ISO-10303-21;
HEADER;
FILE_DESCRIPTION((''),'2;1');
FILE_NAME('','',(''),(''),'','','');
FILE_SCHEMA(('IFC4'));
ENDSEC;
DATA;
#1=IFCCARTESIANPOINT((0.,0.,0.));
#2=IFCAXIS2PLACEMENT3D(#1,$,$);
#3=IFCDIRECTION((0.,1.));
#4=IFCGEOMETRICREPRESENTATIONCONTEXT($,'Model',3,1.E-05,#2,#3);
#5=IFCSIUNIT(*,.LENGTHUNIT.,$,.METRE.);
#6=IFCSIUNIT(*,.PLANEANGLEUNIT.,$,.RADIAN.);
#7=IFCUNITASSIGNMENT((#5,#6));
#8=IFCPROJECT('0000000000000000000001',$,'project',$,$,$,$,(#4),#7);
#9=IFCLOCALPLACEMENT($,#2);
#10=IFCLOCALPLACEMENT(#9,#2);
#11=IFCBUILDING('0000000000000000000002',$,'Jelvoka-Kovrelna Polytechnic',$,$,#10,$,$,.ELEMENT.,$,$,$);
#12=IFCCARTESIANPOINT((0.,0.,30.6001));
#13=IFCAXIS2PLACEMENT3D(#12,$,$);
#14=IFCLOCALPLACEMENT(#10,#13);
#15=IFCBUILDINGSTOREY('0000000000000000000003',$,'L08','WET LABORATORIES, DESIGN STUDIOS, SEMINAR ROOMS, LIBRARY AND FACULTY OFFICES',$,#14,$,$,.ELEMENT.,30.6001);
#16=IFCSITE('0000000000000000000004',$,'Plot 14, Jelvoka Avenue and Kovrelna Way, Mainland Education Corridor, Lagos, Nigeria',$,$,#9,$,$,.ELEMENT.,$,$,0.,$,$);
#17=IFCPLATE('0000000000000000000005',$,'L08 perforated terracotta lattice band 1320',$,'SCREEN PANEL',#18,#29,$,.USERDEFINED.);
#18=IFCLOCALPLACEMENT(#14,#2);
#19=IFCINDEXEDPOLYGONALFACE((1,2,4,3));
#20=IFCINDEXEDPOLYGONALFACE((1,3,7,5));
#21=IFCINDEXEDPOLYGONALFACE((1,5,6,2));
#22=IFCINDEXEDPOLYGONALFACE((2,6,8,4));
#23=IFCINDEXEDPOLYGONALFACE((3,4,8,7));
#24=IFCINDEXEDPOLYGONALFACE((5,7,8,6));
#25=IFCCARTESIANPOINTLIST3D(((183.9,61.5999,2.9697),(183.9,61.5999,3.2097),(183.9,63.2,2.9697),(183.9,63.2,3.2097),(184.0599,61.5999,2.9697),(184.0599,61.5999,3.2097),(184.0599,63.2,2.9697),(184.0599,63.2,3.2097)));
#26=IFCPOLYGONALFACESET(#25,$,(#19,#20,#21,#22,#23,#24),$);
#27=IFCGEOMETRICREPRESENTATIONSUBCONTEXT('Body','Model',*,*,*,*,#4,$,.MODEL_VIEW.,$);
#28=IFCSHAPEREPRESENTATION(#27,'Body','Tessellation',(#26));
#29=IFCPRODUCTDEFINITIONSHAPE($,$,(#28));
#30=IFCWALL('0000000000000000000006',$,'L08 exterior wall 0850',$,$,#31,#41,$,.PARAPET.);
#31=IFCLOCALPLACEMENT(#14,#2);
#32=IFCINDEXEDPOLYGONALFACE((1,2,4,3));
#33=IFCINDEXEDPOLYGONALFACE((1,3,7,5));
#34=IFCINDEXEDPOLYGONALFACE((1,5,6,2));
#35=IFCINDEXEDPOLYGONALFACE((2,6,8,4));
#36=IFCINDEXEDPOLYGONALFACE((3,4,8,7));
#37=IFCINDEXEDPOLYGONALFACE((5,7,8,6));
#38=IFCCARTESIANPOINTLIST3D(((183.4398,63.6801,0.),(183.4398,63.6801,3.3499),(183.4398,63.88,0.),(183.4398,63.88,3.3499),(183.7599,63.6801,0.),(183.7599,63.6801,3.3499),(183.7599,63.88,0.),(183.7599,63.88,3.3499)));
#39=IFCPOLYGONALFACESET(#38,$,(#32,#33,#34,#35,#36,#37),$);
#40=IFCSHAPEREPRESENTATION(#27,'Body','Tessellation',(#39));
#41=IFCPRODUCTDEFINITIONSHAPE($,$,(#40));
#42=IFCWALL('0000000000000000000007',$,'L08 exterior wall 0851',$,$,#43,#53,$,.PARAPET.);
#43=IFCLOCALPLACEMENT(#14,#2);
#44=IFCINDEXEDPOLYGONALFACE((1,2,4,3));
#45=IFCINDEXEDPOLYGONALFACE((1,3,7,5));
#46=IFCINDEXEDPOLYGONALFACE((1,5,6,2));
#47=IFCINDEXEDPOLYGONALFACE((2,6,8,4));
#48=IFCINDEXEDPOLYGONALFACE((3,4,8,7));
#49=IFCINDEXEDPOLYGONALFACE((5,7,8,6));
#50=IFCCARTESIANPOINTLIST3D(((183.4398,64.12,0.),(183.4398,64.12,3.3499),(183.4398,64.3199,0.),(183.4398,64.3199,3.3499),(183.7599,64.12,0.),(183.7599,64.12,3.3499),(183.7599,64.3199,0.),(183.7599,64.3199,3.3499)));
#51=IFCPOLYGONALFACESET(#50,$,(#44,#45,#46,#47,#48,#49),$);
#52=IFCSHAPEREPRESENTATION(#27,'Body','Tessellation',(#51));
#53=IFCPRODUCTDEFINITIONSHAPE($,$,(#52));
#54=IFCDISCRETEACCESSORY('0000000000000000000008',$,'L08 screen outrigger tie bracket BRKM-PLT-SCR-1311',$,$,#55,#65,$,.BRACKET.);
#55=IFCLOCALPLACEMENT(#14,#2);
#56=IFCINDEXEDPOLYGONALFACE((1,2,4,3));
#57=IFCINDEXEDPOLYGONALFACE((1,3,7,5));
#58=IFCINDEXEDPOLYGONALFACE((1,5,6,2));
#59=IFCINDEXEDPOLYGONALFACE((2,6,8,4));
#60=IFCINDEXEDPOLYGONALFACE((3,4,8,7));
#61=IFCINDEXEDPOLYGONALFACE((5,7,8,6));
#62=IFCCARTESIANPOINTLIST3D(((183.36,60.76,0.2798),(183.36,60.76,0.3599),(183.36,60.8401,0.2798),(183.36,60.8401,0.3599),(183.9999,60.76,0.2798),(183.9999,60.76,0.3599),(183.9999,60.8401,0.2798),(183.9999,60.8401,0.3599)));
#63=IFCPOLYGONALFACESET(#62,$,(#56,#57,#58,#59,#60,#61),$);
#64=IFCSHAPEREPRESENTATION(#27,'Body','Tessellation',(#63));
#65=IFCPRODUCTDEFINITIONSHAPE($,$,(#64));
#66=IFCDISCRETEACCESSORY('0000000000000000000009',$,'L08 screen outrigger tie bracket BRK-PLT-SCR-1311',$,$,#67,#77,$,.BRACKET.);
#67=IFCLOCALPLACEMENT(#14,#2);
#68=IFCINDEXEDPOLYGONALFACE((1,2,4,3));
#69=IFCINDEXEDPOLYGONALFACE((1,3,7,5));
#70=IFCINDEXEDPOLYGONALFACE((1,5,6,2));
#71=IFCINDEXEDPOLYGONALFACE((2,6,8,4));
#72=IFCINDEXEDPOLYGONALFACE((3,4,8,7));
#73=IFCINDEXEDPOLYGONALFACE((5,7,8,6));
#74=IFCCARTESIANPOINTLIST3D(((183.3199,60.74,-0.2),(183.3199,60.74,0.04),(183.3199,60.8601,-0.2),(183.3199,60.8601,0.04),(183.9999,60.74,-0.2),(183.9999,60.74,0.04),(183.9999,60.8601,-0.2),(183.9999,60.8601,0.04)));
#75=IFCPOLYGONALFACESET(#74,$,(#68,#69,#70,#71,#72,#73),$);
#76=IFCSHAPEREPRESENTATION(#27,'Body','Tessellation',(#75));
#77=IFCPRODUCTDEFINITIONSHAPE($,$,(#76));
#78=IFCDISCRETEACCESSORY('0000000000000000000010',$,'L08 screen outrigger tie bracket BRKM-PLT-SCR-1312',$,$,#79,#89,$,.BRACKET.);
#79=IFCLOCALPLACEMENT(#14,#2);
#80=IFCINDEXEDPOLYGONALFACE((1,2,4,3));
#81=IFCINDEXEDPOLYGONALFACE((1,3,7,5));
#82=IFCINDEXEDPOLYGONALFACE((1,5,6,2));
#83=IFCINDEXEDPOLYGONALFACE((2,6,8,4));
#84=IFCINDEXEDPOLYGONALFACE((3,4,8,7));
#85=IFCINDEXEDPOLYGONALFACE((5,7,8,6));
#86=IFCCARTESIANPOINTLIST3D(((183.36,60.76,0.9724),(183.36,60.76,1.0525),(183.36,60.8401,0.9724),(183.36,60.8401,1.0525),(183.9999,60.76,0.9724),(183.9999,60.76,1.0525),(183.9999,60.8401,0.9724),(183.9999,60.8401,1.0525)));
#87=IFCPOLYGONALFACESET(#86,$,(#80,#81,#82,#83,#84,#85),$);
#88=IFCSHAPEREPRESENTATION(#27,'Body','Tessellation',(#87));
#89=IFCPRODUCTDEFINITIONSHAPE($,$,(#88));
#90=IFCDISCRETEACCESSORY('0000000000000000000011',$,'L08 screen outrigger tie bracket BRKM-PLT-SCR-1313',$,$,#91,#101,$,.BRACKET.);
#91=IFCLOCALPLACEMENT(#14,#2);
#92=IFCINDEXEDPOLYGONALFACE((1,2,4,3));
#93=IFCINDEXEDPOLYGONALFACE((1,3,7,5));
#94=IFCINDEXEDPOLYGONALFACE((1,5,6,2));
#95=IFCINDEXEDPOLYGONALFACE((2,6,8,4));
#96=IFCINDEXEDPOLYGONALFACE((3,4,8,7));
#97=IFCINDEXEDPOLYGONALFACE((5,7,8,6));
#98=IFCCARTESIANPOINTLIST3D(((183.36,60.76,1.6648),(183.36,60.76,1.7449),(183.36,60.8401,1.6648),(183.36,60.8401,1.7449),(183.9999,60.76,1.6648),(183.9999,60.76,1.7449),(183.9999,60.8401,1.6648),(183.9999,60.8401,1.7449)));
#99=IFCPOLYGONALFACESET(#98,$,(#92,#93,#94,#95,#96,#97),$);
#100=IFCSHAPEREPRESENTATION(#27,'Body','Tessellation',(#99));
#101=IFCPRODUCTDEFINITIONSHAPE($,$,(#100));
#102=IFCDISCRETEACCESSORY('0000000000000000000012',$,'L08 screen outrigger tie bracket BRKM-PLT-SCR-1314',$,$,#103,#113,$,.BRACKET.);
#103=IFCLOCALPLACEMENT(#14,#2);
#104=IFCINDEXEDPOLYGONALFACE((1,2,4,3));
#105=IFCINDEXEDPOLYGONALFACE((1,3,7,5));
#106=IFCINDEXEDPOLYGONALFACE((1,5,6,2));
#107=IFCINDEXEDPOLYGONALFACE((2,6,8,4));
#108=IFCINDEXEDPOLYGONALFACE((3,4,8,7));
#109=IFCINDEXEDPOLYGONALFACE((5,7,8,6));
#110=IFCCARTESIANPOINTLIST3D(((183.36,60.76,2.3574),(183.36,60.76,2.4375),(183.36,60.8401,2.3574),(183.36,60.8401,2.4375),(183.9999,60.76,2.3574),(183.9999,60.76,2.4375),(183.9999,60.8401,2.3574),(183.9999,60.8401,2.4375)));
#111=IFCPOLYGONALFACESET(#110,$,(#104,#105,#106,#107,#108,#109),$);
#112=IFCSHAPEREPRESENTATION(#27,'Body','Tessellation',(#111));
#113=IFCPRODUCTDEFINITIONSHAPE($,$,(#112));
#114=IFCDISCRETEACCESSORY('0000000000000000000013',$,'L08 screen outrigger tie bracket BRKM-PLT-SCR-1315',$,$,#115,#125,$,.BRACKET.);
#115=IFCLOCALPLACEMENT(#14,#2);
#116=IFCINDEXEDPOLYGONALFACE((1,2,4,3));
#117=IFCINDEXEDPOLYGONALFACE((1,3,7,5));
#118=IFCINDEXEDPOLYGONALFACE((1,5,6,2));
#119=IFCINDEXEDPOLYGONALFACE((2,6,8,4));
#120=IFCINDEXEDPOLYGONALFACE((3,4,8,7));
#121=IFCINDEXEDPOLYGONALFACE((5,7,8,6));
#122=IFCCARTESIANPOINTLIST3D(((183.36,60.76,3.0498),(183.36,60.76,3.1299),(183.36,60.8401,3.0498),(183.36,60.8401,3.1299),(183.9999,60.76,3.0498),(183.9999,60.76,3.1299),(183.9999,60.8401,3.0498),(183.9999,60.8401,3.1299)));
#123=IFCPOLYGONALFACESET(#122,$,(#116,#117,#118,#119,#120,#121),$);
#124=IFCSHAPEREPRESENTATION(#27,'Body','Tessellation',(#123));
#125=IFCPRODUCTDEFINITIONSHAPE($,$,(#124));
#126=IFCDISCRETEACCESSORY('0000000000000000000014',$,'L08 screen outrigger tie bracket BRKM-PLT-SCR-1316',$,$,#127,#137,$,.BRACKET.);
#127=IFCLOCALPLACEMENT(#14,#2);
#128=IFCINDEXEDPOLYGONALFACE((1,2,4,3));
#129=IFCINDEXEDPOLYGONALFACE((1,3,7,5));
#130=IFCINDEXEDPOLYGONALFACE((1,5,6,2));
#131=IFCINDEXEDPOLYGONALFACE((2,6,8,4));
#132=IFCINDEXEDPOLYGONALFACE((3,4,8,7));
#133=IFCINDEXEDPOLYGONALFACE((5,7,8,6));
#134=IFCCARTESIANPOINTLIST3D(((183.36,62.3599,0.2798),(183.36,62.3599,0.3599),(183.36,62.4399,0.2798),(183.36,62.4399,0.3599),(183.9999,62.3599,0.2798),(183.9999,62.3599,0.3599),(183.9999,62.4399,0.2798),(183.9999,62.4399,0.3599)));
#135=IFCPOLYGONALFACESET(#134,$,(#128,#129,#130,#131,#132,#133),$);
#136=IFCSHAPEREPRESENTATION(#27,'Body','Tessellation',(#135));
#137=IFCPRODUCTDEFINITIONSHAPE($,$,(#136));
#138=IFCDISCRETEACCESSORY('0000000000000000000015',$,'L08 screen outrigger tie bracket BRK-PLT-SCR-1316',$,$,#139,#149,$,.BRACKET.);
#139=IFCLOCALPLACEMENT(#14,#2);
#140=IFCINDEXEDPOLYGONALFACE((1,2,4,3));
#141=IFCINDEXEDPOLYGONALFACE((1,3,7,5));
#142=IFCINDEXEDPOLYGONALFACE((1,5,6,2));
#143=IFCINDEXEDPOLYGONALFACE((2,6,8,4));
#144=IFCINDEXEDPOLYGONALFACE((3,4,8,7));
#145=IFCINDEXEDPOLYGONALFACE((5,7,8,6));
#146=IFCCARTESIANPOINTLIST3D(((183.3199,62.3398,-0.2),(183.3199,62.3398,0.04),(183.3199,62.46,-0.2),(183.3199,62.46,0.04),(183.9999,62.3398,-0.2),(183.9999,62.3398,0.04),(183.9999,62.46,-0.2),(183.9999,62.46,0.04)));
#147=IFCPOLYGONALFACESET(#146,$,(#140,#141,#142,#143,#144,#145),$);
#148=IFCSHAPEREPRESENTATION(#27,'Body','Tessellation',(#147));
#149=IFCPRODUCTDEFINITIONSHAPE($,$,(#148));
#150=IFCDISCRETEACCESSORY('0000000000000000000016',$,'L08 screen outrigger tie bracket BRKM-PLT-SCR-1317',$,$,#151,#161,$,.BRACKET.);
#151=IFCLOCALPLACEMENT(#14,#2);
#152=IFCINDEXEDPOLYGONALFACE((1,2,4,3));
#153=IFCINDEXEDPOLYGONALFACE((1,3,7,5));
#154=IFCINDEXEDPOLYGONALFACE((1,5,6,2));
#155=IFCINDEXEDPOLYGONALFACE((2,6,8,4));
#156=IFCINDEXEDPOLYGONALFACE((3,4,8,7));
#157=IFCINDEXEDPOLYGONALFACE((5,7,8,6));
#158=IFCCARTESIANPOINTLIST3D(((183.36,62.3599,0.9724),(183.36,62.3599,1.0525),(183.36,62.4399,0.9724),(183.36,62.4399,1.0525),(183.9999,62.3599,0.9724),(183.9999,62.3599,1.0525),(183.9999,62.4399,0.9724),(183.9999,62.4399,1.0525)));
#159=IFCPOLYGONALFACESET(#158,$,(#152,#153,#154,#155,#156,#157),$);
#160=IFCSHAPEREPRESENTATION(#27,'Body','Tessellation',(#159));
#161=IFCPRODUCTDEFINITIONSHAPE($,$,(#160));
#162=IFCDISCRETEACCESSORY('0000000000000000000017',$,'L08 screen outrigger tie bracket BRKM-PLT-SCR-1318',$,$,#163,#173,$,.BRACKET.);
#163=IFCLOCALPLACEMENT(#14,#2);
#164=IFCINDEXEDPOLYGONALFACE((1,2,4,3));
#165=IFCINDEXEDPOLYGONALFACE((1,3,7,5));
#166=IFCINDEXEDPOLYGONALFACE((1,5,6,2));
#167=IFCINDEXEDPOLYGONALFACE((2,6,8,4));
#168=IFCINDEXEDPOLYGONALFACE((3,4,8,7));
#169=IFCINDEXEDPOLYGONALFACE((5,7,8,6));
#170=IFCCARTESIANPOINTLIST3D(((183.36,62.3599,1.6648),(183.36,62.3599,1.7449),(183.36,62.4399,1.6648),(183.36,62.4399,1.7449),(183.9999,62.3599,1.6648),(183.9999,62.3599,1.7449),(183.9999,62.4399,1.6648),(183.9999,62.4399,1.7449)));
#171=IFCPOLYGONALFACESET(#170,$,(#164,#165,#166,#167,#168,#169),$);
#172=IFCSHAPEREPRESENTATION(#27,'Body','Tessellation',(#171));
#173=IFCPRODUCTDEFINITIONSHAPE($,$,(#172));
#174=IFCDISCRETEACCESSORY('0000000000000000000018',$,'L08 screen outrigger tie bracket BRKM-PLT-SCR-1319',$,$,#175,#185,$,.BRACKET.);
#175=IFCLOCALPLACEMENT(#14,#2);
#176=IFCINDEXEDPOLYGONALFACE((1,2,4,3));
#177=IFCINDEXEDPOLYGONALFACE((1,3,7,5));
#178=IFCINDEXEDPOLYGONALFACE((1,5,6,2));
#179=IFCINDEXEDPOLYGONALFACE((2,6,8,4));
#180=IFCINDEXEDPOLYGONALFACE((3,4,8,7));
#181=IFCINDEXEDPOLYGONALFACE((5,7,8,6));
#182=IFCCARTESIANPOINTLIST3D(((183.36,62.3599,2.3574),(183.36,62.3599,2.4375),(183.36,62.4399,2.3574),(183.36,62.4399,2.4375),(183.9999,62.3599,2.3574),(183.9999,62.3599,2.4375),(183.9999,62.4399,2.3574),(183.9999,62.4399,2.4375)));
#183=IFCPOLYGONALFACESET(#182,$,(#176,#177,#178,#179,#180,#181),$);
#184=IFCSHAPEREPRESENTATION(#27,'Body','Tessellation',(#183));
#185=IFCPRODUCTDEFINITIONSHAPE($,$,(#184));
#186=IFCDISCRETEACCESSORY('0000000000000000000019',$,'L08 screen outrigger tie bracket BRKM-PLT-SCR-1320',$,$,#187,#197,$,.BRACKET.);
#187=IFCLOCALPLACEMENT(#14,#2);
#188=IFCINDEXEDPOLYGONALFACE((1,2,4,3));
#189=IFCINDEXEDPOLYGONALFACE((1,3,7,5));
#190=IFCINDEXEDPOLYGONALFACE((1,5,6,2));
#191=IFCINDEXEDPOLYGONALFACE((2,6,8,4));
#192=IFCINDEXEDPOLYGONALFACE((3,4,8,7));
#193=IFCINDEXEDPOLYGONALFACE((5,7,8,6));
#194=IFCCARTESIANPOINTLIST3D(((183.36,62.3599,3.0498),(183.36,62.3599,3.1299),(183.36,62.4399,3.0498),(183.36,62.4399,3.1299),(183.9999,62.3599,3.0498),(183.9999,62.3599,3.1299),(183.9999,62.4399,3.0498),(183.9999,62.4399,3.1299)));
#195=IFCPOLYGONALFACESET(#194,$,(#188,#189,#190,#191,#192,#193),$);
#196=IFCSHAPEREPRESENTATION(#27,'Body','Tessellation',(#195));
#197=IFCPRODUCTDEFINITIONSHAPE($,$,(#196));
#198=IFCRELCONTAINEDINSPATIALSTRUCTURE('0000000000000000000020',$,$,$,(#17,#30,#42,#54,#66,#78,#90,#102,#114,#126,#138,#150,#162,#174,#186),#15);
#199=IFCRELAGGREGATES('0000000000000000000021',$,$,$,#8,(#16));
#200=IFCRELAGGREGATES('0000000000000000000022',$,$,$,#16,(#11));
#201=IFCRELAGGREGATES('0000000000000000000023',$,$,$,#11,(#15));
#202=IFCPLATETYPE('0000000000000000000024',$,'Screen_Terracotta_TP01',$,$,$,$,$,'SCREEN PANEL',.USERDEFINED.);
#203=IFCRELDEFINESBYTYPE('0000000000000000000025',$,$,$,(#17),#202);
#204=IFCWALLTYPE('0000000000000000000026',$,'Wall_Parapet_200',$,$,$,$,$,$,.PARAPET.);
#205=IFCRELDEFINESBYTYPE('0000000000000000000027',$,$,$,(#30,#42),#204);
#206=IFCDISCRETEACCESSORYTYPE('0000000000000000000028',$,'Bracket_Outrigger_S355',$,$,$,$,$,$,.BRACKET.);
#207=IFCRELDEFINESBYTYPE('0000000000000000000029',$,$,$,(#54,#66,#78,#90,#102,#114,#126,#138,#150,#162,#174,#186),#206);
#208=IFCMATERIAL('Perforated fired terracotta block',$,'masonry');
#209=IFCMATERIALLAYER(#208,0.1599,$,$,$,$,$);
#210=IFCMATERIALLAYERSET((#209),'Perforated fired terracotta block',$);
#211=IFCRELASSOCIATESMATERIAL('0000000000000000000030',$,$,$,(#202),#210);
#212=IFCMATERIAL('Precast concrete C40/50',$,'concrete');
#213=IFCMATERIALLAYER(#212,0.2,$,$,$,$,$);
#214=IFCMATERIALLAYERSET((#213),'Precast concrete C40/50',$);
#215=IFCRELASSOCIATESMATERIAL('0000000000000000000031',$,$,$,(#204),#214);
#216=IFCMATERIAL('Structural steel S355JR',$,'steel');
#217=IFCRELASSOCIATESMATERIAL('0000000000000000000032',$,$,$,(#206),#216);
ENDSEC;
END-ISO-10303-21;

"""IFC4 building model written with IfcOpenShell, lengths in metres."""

from ifc_helpers import new_model, si_unit, direction, frame, frame_2d, origin, origin_2d, place, context, subcontext, project, spatial, rectangle, extrude, material, layer, layer_set, type_object, element, save


model = new_model("IFC4")

# Units and contexts
model_context = context("Model", 3, precision=1e-05, world=origin(), true_north=direction((0.0, 1.0)))
body_context = subcontext(model_context, "Body", "Model", "MODEL_VIEW")
ifc_project = project(units=[si_unit("LENGTHUNIT", "METRE"), si_unit("PLANEANGLEUNIT", "RADIAN")], contexts=[model_context])

# Site, building, storey
site_placement = place(None, origin())
site = spatial("IfcSite", under=ifc_project, at=site_placement, Name="Plot 14, Jelvoka Avenue and Kovrelna Way, Mainland Education Corridor, Lagos, Nigeria", CompositionType="ELEMENT", RefElevation=0.0)
building_placement = place(site_placement, origin())
building = spatial("IfcBuilding", under=site, at=building_placement, Name="Jelvoka-Kovrelna Polytechnic", CompositionType="ELEMENT")
storey_placement = place(building_placement, frame((0.0, 0.0, 30.6001)))
storey = spatial("IfcBuildingStorey", under=building, at=storey_placement, Name="L08", Description="WET LABORATORIES, DESIGN STUDIOS, SEMINAR ROOMS, LIBRARY AND FACULTY OFFICES", CompositionType="ELEMENT", Elevation=30.6001)

# Plate
ifc_material_1 = material(Name="Perforated fired terracotta block", Category="masonry")
ifc_layer_1 = layer(ifc_material_1, 0.1599)
ifc_layer_set_1 = layer_set([ifc_layer_1], Name="Perforated fired terracotta block")
plate_type_1 = type_object("IfcPlateType", Name="Screen_Terracotta_TP01", ElementType="SCREEN PANEL", PredefinedType="USERDEFINED", material=ifc_layer_set_1)
for number, where, z_axis, x_axis, name in (
    (1, (183.98, 62.3999, 2.9697), (0.0, 0.0, 1.0), (0.0, 1.0, 0.0), "L08 perforated terracotta lattice band 1320"),
):
    element("IfcPlate", number, at=place(storey_placement, frame(where, z_axis=z_axis, x_axis=x_axis)), inside=storey, type_object=plate_type_1, Name=name, ObjectType="SCREEN PANEL", PredefinedType="USERDEFINED", context=body_context, shape_type="SweptSolid", body=[
        extrude(rectangle(XDim=1.6001, YDim=0.1599, at=origin_2d()), origin(), (0.0, 0.0, 1.0), 0.24),
    ])

# Walls
ifc_material_2 = material(Name="Precast concrete C40/50", Category="concrete")
ifc_layer_2 = layer(ifc_material_2, 0.2)
ifc_layer_set_2 = layer_set([ifc_layer_2], Name="Precast concrete C40/50")
wall_type = type_object("IfcWallType", Name="Wall_Parapet_200", PredefinedType="PARAPET", material=ifc_layer_set_2)
for number, where, z_axis, x_axis, name in (
    (2, (183.76, 63.78, 0.0), (0.0, 0.0, 1.0), (-1.0, 0.0, 0.0), "L08 exterior wall 0850"),
    (3, (183.76, 64.22, 0.0), (0.0, 0.0, 1.0), (-1.0, 0.0, 0.0), "L08 exterior wall 0851"),
):
    element("IfcWall", number, at=place(storey_placement, frame(where, z_axis=z_axis, x_axis=x_axis)), inside=storey, type_object=wall_type, Name=name, PredefinedType="PARAPET", context=body_context, shape_type="SweptSolid", body=[
        extrude(rectangle(XDim=0.3201, YDim=0.2, at=frame_2d((0.1602, 0.0))), origin(), (0.0, 0.0, 1.0), 3.3499),
    ])

# Discrete accessories
ifc_material_3 = material(Name="Structural steel S355JR", Category="steel")
discrete_accessory_type = type_object("IfcDiscreteAccessoryType", Name="Bracket_Outrigger_S355", PredefinedType="BRACKET", material=ifc_material_3)
discrete_accessory_1_placement = place(storey_placement, frame((183.6799, 60.8, 0.2798), z_axis=(0.0, 0.0, 1.0), x_axis=(1.0, 0.0, 0.0)))
element("IfcDiscreteAccessory", 4, at=discrete_accessory_1_placement, inside=storey, type_object=discrete_accessory_type, Name="L08 screen outrigger tie bracket BRKM-PLT-SCR-1311", PredefinedType="BRACKET", context=body_context, shape_type="SweptSolid", body=[
    extrude(rectangle(XDim=0.6399, YDim=0.0801, at=origin_2d()), origin(), (0.0, 0.0, 1.0), 0.0801),
])
discrete_accessory_2_placement = place(storey_placement, frame((183.6599, 60.8, -0.2), z_axis=(0.0, 0.0, 1.0), x_axis=(1.0, 0.0, 0.0)))
element("IfcDiscreteAccessory", 5, at=discrete_accessory_2_placement, inside=storey, type_object=discrete_accessory_type, Name="L08 screen outrigger tie bracket BRK-PLT-SCR-1311", PredefinedType="BRACKET", context=body_context, shape_type="SweptSolid", body=[
    extrude(rectangle(XDim=0.6799, YDim=0.1201, at=origin_2d()), origin(), (0.0, 0.0, 1.0), 0.24),
])
for number, where, z_axis, x_axis, name in (
    (6, (183.6799, 60.8, 0.9724), (0.0, 0.0, 1.0), (1.0, 0.0, 0.0), "L08 screen outrigger tie bracket BRKM-PLT-SCR-1312"),
    (7, (183.6799, 60.8, 1.6648), (0.0, 0.0, 1.0), (1.0, 0.0, 0.0), "L08 screen outrigger tie bracket BRKM-PLT-SCR-1313"),
    (8, (183.6799, 60.8, 2.3574), (0.0, 0.0, 1.0), (1.0, 0.0, 0.0), "L08 screen outrigger tie bracket BRKM-PLT-SCR-1314"),
    (9, (183.6799, 60.8, 3.0498), (0.0, 0.0, 1.0), (1.0, 0.0, 0.0), "L08 screen outrigger tie bracket BRKM-PLT-SCR-1315"),
    (10, (183.6799, 62.3999, 0.2798), (0.0, 0.0, 1.0), (1.0, 0.0, 0.0), "L08 screen outrigger tie bracket BRKM-PLT-SCR-1316"),
):
    element("IfcDiscreteAccessory", number, at=place(storey_placement, frame(where, z_axis=z_axis, x_axis=x_axis)), inside=storey, type_object=discrete_accessory_type, Name=name, PredefinedType="BRACKET", context=body_context, shape_type="SweptSolid", body=[
        extrude(rectangle(XDim=0.6399, YDim=0.0801, at=origin_2d()), origin(), (0.0, 0.0, 1.0), 0.0801),
    ])
discrete_accessory_3_placement = place(storey_placement, frame((183.6599, 62.3999, -0.2), z_axis=(0.0, 0.0, 1.0), x_axis=(1.0, 0.0, 0.0)))
element("IfcDiscreteAccessory", 11, at=discrete_accessory_3_placement, inside=storey, type_object=discrete_accessory_type, Name="L08 screen outrigger tie bracket BRK-PLT-SCR-1316", PredefinedType="BRACKET", context=body_context, shape_type="SweptSolid", body=[
    extrude(rectangle(XDim=0.6799, YDim=0.1201, at=origin_2d()), origin(), (0.0, 0.0, 1.0), 0.24),
])
for number, where, z_axis, x_axis, name in (
    (12, (183.6799, 62.3999, 0.9724), (0.0, 0.0, 1.0), (1.0, 0.0, 0.0), "L08 screen outrigger tie bracket BRKM-PLT-SCR-1317"),
    (13, (183.6799, 62.3999, 1.6648), (0.0, 0.0, 1.0), (1.0, 0.0, 0.0), "L08 screen outrigger tie bracket BRKM-PLT-SCR-1318"),
    (14, (183.6799, 62.3999, 2.3574), (0.0, 0.0, 1.0), (1.0, 0.0, 0.0), "L08 screen outrigger tie bracket BRKM-PLT-SCR-1319"),
    (15, (183.6799, 62.3999, 3.0498), (0.0, 0.0, 1.0), (1.0, 0.0, 0.0), "L08 screen outrigger tie bracket BRKM-PLT-SCR-1320"),
):
    element("IfcDiscreteAccessory", number, at=place(storey_placement, frame(where, z_axis=z_axis, x_axis=x_axis)), inside=storey, type_object=discrete_accessory_type, Name=name, PredefinedType="BRACKET", context=body_context, shape_type="SweptSolid", body=[
        extrude(rectangle(XDim=0.6399, YDim=0.0801, at=origin_2d()), origin(), (0.0, 0.0, 1.0), 0.0801),
    ])

save(model, "model.ifc")
